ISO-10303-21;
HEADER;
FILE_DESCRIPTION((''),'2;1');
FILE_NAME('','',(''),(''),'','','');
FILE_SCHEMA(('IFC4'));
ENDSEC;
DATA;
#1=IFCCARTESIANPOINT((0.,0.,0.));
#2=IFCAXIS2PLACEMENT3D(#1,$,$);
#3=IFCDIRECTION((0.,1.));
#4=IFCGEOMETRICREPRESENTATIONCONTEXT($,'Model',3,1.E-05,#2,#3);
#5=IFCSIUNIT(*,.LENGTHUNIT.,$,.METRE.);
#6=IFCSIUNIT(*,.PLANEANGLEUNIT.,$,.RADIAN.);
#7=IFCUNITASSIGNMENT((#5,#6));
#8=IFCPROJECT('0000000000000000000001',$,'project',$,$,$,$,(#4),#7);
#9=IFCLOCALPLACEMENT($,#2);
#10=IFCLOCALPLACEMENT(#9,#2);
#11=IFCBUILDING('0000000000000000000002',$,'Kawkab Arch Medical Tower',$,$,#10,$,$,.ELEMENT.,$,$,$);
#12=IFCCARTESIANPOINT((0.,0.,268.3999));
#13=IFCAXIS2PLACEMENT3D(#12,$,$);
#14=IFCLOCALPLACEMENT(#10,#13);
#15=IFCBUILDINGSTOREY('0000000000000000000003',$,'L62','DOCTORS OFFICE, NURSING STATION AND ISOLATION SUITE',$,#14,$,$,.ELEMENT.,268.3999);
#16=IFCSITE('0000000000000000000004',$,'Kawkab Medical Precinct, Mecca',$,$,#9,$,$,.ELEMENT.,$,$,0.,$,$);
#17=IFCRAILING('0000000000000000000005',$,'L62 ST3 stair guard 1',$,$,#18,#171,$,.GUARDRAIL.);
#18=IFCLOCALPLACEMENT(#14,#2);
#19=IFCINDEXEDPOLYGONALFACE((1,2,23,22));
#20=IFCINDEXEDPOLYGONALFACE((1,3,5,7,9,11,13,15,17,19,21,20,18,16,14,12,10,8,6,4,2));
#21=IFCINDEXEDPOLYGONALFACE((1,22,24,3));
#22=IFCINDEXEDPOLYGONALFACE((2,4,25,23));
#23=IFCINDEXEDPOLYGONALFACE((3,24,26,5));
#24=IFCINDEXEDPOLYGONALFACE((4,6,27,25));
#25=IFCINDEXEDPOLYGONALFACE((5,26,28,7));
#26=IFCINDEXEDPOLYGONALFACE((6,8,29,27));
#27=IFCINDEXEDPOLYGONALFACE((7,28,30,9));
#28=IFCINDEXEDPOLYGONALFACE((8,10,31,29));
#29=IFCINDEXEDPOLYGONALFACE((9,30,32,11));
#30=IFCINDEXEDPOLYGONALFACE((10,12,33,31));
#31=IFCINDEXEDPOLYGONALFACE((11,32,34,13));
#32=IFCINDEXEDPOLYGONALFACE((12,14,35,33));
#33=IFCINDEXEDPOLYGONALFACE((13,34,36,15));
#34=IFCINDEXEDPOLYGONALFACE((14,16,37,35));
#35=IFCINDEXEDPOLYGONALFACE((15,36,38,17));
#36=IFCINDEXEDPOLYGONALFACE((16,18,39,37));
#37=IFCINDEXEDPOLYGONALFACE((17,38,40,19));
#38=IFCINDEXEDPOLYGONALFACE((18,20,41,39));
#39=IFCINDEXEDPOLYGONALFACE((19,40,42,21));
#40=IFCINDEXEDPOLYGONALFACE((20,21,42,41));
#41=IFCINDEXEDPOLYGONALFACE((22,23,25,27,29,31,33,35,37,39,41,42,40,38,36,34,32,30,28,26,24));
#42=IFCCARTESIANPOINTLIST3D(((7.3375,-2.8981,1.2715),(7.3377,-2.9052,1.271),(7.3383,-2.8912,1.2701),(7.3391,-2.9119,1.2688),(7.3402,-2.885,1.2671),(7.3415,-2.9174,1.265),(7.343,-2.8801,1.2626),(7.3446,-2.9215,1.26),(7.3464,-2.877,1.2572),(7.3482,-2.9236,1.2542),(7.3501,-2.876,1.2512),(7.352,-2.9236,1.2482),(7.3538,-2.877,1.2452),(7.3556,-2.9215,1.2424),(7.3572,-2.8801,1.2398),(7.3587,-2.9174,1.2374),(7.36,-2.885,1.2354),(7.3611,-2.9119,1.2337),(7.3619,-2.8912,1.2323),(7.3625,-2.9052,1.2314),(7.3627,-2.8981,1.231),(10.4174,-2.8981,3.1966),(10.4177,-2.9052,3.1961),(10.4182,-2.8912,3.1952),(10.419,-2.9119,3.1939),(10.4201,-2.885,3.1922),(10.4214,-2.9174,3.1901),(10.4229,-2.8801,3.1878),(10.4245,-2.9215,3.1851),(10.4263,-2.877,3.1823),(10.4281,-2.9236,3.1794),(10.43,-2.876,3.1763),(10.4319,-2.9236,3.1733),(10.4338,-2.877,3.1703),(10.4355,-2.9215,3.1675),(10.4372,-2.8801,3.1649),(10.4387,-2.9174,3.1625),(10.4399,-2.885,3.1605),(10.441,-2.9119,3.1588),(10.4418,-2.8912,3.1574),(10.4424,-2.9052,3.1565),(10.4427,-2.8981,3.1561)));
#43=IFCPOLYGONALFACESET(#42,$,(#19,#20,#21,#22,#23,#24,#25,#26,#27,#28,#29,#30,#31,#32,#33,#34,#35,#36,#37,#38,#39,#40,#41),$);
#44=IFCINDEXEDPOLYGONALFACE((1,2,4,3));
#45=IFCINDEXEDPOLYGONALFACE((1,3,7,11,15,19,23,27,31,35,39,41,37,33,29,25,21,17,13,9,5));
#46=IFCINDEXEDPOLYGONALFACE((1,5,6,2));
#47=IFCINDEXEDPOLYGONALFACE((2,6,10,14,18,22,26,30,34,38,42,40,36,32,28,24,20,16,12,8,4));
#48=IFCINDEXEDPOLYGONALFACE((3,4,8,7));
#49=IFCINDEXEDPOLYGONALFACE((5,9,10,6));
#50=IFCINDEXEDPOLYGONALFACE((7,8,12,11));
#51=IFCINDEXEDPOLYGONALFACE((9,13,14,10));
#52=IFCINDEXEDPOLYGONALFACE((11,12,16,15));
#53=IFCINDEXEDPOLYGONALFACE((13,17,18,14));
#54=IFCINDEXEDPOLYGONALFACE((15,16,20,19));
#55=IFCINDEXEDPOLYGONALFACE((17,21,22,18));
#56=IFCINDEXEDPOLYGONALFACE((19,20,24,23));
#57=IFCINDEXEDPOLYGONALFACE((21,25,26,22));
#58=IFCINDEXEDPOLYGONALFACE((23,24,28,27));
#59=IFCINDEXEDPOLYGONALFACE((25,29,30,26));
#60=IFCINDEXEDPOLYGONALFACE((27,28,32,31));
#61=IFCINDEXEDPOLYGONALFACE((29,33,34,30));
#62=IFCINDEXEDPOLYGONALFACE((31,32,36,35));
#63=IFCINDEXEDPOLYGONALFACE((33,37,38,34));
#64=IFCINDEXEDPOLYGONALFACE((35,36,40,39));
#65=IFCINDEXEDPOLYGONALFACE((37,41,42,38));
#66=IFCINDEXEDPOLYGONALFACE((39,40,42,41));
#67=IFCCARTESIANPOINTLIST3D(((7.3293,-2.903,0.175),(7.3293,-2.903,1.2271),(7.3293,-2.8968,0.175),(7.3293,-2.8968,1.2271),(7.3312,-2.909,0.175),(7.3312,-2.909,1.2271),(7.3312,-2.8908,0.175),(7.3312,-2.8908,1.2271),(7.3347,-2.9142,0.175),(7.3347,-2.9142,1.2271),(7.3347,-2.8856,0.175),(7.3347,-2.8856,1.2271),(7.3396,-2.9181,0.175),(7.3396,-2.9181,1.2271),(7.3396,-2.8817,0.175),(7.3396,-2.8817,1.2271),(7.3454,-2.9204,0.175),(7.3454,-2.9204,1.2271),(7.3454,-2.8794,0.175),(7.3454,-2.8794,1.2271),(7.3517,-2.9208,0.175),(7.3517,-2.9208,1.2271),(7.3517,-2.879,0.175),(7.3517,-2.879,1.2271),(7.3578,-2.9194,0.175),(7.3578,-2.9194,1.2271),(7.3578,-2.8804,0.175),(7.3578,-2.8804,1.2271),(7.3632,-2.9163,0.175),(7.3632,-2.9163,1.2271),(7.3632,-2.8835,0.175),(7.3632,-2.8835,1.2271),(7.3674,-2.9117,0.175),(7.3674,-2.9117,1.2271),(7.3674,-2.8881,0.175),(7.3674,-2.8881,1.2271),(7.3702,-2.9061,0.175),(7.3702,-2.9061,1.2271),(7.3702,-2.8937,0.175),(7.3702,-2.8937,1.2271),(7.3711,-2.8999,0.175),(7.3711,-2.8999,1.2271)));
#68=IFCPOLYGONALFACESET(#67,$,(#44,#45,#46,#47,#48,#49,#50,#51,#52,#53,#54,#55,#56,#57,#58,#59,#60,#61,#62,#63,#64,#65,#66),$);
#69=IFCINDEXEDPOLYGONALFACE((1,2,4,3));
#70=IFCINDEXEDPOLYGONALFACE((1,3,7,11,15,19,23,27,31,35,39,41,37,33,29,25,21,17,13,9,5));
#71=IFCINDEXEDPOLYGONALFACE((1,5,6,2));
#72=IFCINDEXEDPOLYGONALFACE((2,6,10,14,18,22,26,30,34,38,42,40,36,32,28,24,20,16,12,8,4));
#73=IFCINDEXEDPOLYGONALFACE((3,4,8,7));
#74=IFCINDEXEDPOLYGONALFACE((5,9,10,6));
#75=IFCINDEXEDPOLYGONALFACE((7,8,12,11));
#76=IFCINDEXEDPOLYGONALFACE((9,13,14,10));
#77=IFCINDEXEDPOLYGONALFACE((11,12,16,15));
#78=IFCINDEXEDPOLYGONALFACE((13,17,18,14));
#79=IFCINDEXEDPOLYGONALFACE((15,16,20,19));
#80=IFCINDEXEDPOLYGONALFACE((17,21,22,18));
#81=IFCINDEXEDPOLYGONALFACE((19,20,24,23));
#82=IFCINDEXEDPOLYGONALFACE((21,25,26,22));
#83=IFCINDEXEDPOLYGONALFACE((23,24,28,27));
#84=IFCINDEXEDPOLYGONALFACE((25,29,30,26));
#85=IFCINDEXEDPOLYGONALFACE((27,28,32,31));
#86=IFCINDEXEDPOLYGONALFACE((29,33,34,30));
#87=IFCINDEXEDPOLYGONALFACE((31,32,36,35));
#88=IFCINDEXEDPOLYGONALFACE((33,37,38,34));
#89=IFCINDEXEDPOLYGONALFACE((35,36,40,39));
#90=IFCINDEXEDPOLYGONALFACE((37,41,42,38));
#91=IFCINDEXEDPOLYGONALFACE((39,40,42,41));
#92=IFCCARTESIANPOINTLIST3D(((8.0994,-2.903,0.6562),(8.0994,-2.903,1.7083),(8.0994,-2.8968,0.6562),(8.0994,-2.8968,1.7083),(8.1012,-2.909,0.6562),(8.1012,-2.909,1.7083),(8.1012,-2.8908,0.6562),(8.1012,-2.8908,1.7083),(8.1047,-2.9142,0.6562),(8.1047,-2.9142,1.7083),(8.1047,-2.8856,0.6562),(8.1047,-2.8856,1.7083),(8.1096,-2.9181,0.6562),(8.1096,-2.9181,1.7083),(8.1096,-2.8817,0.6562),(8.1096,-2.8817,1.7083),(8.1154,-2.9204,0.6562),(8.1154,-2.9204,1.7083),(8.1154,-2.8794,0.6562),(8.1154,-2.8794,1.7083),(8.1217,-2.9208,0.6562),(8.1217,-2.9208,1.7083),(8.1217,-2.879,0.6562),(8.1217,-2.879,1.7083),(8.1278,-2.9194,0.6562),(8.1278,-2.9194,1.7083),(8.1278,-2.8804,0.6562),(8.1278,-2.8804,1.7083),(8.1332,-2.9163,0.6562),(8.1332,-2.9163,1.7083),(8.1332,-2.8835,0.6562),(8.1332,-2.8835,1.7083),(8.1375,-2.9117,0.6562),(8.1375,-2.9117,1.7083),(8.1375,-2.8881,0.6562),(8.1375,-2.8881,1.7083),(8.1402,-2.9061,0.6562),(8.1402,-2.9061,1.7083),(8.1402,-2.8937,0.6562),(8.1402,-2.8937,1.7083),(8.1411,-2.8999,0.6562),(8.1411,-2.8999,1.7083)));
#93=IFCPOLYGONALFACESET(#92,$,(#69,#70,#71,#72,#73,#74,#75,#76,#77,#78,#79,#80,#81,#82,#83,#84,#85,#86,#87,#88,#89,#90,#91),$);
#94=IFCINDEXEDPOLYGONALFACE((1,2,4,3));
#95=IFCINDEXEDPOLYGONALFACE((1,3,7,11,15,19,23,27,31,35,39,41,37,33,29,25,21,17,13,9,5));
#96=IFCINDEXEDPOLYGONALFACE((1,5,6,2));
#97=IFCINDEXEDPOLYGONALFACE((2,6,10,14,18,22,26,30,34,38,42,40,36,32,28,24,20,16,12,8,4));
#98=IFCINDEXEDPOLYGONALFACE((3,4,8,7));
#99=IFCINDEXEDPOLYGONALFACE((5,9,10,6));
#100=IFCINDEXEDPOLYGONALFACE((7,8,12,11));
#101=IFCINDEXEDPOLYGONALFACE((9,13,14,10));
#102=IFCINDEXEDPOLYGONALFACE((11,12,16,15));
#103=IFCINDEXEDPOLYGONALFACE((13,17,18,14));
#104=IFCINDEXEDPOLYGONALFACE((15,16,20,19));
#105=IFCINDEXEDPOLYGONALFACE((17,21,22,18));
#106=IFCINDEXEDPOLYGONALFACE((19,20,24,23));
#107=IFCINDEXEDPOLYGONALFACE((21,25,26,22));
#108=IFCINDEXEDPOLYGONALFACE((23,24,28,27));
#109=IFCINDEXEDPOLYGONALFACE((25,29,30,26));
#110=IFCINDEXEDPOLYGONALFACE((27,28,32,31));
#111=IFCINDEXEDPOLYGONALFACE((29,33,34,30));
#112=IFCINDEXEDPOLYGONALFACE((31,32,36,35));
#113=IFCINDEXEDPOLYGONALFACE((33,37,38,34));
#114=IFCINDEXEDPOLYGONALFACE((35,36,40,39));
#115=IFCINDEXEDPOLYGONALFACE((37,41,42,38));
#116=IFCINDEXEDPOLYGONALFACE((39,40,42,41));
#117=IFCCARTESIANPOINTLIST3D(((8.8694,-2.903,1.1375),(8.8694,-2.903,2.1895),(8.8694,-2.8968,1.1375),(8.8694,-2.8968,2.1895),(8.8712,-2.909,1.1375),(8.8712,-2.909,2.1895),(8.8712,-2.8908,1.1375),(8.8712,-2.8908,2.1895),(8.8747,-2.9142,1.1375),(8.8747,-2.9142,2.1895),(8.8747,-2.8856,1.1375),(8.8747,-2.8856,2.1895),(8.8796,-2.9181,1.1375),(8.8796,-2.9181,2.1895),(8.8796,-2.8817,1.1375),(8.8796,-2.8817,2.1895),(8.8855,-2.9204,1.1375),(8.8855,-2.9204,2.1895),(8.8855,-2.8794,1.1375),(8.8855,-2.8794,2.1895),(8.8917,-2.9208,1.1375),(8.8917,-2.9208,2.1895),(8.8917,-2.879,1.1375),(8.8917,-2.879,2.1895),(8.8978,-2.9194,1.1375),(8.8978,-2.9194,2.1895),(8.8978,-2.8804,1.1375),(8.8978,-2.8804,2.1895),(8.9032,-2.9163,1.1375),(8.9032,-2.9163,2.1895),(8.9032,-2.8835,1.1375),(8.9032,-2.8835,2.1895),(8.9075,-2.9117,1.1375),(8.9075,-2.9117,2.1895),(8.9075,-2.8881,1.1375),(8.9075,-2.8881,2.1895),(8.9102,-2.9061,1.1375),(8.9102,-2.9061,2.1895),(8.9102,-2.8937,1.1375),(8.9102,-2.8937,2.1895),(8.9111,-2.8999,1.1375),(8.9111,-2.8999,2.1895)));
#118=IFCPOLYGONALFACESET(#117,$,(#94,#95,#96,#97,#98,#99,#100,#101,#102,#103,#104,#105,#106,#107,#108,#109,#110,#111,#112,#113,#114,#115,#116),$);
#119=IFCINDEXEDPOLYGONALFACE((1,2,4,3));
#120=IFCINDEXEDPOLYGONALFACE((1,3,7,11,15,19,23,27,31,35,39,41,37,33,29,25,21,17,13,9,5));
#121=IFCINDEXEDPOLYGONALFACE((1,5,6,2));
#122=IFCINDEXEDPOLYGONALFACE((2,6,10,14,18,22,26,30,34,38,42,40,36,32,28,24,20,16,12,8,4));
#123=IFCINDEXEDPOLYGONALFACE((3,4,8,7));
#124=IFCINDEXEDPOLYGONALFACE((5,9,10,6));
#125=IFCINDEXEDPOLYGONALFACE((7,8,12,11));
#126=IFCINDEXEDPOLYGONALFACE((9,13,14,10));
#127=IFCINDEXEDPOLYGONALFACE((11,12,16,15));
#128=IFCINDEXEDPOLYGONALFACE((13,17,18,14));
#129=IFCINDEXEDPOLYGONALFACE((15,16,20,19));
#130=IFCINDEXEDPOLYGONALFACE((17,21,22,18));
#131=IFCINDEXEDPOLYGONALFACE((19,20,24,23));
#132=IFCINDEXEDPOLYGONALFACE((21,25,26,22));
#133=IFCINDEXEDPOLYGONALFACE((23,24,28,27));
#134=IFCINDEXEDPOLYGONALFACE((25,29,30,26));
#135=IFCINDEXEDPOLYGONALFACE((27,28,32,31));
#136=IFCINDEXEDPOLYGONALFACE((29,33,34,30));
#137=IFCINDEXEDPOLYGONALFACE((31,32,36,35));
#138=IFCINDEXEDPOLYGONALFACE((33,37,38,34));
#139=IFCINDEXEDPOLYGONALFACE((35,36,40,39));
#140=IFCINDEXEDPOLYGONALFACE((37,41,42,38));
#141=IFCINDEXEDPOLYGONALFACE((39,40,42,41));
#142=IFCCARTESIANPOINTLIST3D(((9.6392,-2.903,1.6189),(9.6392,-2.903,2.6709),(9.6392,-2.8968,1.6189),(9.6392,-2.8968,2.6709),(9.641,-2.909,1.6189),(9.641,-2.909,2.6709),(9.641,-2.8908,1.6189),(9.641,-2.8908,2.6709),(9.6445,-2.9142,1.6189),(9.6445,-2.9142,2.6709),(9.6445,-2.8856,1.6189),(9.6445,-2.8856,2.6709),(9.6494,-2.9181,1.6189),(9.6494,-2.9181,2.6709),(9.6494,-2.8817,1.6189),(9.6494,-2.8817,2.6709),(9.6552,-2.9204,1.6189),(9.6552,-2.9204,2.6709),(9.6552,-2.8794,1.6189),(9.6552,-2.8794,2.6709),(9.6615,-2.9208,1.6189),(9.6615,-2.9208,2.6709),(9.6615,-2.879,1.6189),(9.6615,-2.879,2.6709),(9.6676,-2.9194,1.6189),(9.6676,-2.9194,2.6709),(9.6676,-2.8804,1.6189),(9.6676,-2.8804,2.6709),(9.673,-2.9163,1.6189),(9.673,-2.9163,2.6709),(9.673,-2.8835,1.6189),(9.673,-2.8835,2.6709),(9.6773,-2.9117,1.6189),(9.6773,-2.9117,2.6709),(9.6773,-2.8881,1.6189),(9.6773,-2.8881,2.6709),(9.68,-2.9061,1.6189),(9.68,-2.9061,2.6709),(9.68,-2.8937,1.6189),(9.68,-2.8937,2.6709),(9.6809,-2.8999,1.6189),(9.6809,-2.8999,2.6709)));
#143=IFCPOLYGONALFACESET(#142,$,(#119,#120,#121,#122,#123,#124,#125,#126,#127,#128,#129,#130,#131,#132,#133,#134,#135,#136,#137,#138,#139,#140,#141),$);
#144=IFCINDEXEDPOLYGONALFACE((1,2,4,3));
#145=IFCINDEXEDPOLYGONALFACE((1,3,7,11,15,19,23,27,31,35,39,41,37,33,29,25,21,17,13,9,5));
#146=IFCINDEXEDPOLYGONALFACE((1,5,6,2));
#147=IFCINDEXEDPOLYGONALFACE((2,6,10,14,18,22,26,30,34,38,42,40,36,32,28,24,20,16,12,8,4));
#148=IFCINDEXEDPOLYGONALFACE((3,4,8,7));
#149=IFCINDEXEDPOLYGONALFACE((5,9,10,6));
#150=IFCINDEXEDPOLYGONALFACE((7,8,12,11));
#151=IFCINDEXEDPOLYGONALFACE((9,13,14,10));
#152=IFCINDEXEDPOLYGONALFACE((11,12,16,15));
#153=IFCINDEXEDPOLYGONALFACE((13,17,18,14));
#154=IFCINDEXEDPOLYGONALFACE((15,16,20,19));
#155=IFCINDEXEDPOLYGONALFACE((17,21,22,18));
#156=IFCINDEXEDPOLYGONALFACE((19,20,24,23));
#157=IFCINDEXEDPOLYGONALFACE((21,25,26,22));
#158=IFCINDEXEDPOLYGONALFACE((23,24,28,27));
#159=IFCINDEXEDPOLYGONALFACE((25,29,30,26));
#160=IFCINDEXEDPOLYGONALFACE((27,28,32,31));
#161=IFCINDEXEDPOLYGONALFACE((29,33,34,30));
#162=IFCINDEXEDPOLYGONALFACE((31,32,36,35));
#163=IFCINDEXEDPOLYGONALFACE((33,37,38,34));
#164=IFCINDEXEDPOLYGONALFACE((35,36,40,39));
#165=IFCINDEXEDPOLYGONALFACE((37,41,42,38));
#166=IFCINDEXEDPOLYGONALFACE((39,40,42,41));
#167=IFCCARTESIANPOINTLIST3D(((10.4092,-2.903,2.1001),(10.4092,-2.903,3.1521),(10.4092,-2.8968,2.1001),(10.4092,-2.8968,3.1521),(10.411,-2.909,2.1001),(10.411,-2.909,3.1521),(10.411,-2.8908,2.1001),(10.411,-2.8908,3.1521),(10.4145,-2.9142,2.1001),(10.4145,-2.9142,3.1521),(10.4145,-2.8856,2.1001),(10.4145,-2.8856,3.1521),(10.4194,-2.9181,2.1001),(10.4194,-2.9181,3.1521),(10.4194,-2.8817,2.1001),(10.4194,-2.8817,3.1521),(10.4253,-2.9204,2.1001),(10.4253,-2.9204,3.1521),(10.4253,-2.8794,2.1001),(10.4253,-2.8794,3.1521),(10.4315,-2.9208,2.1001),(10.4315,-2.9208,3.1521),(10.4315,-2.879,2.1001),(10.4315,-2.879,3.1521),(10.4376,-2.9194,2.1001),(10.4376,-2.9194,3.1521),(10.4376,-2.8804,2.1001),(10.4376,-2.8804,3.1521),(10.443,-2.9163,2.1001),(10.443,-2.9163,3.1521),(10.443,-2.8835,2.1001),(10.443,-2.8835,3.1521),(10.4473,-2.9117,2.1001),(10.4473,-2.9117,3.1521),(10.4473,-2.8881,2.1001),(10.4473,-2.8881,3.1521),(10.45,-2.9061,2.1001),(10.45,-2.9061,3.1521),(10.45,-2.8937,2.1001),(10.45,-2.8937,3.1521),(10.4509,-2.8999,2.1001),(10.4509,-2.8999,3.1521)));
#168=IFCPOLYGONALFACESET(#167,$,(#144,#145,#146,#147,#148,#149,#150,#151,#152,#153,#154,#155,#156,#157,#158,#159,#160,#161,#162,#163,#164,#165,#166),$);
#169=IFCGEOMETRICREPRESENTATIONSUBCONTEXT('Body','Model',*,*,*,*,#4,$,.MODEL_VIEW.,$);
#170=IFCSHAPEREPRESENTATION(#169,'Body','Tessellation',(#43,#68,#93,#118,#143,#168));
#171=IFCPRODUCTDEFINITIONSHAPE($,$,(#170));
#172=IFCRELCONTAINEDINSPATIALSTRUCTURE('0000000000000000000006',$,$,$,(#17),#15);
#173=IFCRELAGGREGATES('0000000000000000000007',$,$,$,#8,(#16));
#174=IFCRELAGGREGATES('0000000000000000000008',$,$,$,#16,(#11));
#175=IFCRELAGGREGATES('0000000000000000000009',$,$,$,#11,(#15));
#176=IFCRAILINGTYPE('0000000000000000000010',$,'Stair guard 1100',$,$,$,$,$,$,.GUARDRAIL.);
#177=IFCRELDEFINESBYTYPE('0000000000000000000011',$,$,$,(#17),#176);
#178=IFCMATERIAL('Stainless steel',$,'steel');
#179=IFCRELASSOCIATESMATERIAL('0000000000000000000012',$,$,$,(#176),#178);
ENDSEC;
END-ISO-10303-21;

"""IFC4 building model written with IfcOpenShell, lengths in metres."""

from ifc_helpers import new_model, si_unit, direction, frame, origin, origin_2d, place, context, subcontext, project, spatial, circle, extrude, material, type_object, element, save


model = new_model("IFC4")

# Units and contexts
model_context = context("Model", 3, precision=1e-05, world=origin(), true_north=direction((0.0, 1.0)))
body_context = subcontext(model_context, "Body", "Model", "MODEL_VIEW")
ifc_project = project(units=[si_unit("LENGTHUNIT", "METRE"), si_unit("PLANEANGLEUNIT", "RADIAN")], contexts=[model_context])

# Site, building, storey
site_placement = place(None, origin())
site = spatial("IfcSite", under=ifc_project, at=site_placement, Name="Kawkab Medical Precinct, Mecca", CompositionType="ELEMENT", RefElevation=0.0)
building_placement = place(site_placement, origin())
building = spatial("IfcBuilding", under=site, at=building_placement, Name="Kawkab Arch Medical Tower", CompositionType="ELEMENT")
storey_placement = place(building_placement, frame((0.0, 0.0, 268.3999)))
storey = spatial("IfcBuildingStorey", under=building, at=storey_placement, Name="L62", Description="DOCTORS OFFICE, NURSING STATION AND ISOLATION SUITE", CompositionType="ELEMENT", Elevation=268.3999)

# Railing
ifc_material_1 = material(Name="Stainless steel", Category="steel")
railing_type_1 = type_object("IfcRailingType", Name="Stair guard 1100", PredefinedType="GUARDRAIL", material=ifc_material_1)
railing_1_placement = place(storey_placement, frame((7.3501, -2.8999, 0.175)))
element("IfcRailing", 1, at=railing_1_placement, inside=storey, type_object=railing_type_1, Name="L62 ST3 stair guard 1", PredefinedType="GUARDRAIL", context=body_context, shape_type="SweptSolid", body=[
    extrude(circle(Radius=0.0239, at=origin_2d()), frame((0.0, 0.0, 1.0762), z_axis=(0.847979, 0.0, 0.530029), x_axis=(0.0, 1.0, 0.0)), (0.0, 0.0, 1.0), 3.6321),
    extrude(circle(Radius=0.021, at=origin_2d()), origin(), (0.0, 0.0, 1.0), 1.052),
    extrude(circle(Radius=0.021, at=origin_2d()), frame((0.77, 0.0, 0.4812)), (0.0, 0.0, 1.0), 1.052),
    extrude(circle(Radius=0.021, at=origin_2d()), frame((1.54, 0.0, 0.9624)), (0.0, 0.0, 1.0), 1.052),
    extrude(circle(Radius=0.021, at=origin_2d()), frame((2.3098, 0.0, 1.4438)), (0.0, 0.0, 1.0), 1.052),
    extrude(circle(Radius=0.021, at=origin_2d()), frame((3.0798, 0.0, 1.925)), (0.0, 0.0, 1.0), 1.052),
])

save(model, "model.ifc")
